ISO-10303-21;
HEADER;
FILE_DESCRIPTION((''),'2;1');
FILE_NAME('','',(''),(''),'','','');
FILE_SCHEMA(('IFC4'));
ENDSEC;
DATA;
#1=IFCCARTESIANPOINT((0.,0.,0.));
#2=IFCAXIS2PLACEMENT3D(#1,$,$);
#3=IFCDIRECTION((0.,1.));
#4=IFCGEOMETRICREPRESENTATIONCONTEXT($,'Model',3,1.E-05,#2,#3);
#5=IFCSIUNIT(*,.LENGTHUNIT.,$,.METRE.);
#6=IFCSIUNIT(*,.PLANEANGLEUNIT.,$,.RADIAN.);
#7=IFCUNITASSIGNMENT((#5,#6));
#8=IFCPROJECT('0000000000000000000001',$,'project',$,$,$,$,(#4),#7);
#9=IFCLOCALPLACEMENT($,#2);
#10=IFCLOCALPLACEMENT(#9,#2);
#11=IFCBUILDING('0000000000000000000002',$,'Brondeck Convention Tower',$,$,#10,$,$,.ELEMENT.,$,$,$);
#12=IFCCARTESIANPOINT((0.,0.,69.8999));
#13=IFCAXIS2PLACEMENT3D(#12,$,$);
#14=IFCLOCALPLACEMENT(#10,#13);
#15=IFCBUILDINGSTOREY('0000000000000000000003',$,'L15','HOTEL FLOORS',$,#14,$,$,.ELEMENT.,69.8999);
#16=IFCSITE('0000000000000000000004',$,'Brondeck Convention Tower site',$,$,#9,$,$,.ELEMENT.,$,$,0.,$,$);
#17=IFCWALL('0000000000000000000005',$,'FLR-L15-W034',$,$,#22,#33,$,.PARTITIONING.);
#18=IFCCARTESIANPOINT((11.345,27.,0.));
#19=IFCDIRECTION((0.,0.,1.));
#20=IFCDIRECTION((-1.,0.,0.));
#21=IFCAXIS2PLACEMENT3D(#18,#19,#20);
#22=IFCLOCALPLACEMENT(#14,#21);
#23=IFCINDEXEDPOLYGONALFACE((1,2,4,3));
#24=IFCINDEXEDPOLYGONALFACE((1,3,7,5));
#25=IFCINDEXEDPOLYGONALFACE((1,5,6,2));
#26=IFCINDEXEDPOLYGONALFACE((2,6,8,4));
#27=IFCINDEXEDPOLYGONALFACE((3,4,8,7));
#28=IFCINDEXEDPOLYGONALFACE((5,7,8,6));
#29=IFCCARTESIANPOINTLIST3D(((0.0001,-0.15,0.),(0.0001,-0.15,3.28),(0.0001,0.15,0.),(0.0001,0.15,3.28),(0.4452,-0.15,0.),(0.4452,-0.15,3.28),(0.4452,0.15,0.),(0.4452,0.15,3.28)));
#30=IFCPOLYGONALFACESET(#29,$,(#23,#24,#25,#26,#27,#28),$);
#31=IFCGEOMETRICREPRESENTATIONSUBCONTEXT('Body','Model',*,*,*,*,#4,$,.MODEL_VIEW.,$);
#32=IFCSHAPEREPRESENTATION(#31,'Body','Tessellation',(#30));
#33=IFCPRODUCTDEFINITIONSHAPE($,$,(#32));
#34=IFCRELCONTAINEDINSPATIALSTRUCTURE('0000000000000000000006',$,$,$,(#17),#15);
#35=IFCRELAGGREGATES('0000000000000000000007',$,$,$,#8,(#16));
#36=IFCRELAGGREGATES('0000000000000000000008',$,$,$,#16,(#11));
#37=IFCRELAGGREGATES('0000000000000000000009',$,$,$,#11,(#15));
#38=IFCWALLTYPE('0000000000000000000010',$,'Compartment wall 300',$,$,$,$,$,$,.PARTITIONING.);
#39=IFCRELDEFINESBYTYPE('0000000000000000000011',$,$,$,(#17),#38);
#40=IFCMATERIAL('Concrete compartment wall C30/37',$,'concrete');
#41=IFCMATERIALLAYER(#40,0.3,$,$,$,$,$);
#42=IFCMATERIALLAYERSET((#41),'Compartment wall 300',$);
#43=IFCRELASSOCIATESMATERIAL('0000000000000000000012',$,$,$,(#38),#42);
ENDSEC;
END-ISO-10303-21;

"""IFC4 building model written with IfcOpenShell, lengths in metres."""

from ifc_helpers import new_model, si_unit, direction, frame, frame_2d, origin, place, context, subcontext, project, spatial, rectangle, extrude, material, layer, layer_set, type_object, element, save


model = new_model("IFC4")

# Units and contexts
model_context = context("Model", 3, precision=1e-05, world=origin(), true_north=direction((0.0, 1.0)))
body_context = subcontext(model_context, "Body", "Model", "MODEL_VIEW")
ifc_project = project(units=[si_unit("LENGTHUNIT", "METRE"), si_unit("PLANEANGLEUNIT", "RADIAN")], contexts=[model_context])

# Site, building, storey
site_placement = place(None, origin())
site = spatial("IfcSite", under=ifc_project, at=site_placement, Name="Brondeck Convention Tower site", CompositionType="ELEMENT", RefElevation=0.0)
building_placement = place(site_placement, origin())
building = spatial("IfcBuilding", under=site, at=building_placement, Name="Brondeck Convention Tower", CompositionType="ELEMENT")
storey_placement = place(building_placement, frame((0.0, 0.0, 69.8999)))
storey = spatial("IfcBuildingStorey", under=building, at=storey_placement, Name="L15", Description="HOTEL FLOORS", CompositionType="ELEMENT", Elevation=69.8999)

# Wall
ifc_material_1 = material(Name="Concrete compartment wall C30/37", Category="concrete")
ifc_layer_1 = layer(ifc_material_1, 0.3)
ifc_layer_set_1 = layer_set([ifc_layer_1], Name="Compartment wall 300")
wall_type_1 = type_object("IfcWallType", Name="Compartment wall 300", PredefinedType="PARTITIONING", material=ifc_layer_set_1)
wall_1_placement = place(storey_placement, frame((11.345, 27.0, 0.0), z_axis=(0.0, 0.0, 1.0), x_axis=(-1.0, 0.0, 0.0)))
element("IfcWall", 1, at=wall_1_placement, inside=storey, type_object=wall_type_1, Name="FLR-L15-W034", PredefinedType="PARTITIONING", context=body_context, shape_type="SweptSolid", body=[
    extrude(rectangle(XDim=0.4451, YDim=0.3, at=frame_2d((0.2227, 0.0))), origin(), (0.0, 0.0, 1.0), 3.28),
])

save(model, "model.ifc")
